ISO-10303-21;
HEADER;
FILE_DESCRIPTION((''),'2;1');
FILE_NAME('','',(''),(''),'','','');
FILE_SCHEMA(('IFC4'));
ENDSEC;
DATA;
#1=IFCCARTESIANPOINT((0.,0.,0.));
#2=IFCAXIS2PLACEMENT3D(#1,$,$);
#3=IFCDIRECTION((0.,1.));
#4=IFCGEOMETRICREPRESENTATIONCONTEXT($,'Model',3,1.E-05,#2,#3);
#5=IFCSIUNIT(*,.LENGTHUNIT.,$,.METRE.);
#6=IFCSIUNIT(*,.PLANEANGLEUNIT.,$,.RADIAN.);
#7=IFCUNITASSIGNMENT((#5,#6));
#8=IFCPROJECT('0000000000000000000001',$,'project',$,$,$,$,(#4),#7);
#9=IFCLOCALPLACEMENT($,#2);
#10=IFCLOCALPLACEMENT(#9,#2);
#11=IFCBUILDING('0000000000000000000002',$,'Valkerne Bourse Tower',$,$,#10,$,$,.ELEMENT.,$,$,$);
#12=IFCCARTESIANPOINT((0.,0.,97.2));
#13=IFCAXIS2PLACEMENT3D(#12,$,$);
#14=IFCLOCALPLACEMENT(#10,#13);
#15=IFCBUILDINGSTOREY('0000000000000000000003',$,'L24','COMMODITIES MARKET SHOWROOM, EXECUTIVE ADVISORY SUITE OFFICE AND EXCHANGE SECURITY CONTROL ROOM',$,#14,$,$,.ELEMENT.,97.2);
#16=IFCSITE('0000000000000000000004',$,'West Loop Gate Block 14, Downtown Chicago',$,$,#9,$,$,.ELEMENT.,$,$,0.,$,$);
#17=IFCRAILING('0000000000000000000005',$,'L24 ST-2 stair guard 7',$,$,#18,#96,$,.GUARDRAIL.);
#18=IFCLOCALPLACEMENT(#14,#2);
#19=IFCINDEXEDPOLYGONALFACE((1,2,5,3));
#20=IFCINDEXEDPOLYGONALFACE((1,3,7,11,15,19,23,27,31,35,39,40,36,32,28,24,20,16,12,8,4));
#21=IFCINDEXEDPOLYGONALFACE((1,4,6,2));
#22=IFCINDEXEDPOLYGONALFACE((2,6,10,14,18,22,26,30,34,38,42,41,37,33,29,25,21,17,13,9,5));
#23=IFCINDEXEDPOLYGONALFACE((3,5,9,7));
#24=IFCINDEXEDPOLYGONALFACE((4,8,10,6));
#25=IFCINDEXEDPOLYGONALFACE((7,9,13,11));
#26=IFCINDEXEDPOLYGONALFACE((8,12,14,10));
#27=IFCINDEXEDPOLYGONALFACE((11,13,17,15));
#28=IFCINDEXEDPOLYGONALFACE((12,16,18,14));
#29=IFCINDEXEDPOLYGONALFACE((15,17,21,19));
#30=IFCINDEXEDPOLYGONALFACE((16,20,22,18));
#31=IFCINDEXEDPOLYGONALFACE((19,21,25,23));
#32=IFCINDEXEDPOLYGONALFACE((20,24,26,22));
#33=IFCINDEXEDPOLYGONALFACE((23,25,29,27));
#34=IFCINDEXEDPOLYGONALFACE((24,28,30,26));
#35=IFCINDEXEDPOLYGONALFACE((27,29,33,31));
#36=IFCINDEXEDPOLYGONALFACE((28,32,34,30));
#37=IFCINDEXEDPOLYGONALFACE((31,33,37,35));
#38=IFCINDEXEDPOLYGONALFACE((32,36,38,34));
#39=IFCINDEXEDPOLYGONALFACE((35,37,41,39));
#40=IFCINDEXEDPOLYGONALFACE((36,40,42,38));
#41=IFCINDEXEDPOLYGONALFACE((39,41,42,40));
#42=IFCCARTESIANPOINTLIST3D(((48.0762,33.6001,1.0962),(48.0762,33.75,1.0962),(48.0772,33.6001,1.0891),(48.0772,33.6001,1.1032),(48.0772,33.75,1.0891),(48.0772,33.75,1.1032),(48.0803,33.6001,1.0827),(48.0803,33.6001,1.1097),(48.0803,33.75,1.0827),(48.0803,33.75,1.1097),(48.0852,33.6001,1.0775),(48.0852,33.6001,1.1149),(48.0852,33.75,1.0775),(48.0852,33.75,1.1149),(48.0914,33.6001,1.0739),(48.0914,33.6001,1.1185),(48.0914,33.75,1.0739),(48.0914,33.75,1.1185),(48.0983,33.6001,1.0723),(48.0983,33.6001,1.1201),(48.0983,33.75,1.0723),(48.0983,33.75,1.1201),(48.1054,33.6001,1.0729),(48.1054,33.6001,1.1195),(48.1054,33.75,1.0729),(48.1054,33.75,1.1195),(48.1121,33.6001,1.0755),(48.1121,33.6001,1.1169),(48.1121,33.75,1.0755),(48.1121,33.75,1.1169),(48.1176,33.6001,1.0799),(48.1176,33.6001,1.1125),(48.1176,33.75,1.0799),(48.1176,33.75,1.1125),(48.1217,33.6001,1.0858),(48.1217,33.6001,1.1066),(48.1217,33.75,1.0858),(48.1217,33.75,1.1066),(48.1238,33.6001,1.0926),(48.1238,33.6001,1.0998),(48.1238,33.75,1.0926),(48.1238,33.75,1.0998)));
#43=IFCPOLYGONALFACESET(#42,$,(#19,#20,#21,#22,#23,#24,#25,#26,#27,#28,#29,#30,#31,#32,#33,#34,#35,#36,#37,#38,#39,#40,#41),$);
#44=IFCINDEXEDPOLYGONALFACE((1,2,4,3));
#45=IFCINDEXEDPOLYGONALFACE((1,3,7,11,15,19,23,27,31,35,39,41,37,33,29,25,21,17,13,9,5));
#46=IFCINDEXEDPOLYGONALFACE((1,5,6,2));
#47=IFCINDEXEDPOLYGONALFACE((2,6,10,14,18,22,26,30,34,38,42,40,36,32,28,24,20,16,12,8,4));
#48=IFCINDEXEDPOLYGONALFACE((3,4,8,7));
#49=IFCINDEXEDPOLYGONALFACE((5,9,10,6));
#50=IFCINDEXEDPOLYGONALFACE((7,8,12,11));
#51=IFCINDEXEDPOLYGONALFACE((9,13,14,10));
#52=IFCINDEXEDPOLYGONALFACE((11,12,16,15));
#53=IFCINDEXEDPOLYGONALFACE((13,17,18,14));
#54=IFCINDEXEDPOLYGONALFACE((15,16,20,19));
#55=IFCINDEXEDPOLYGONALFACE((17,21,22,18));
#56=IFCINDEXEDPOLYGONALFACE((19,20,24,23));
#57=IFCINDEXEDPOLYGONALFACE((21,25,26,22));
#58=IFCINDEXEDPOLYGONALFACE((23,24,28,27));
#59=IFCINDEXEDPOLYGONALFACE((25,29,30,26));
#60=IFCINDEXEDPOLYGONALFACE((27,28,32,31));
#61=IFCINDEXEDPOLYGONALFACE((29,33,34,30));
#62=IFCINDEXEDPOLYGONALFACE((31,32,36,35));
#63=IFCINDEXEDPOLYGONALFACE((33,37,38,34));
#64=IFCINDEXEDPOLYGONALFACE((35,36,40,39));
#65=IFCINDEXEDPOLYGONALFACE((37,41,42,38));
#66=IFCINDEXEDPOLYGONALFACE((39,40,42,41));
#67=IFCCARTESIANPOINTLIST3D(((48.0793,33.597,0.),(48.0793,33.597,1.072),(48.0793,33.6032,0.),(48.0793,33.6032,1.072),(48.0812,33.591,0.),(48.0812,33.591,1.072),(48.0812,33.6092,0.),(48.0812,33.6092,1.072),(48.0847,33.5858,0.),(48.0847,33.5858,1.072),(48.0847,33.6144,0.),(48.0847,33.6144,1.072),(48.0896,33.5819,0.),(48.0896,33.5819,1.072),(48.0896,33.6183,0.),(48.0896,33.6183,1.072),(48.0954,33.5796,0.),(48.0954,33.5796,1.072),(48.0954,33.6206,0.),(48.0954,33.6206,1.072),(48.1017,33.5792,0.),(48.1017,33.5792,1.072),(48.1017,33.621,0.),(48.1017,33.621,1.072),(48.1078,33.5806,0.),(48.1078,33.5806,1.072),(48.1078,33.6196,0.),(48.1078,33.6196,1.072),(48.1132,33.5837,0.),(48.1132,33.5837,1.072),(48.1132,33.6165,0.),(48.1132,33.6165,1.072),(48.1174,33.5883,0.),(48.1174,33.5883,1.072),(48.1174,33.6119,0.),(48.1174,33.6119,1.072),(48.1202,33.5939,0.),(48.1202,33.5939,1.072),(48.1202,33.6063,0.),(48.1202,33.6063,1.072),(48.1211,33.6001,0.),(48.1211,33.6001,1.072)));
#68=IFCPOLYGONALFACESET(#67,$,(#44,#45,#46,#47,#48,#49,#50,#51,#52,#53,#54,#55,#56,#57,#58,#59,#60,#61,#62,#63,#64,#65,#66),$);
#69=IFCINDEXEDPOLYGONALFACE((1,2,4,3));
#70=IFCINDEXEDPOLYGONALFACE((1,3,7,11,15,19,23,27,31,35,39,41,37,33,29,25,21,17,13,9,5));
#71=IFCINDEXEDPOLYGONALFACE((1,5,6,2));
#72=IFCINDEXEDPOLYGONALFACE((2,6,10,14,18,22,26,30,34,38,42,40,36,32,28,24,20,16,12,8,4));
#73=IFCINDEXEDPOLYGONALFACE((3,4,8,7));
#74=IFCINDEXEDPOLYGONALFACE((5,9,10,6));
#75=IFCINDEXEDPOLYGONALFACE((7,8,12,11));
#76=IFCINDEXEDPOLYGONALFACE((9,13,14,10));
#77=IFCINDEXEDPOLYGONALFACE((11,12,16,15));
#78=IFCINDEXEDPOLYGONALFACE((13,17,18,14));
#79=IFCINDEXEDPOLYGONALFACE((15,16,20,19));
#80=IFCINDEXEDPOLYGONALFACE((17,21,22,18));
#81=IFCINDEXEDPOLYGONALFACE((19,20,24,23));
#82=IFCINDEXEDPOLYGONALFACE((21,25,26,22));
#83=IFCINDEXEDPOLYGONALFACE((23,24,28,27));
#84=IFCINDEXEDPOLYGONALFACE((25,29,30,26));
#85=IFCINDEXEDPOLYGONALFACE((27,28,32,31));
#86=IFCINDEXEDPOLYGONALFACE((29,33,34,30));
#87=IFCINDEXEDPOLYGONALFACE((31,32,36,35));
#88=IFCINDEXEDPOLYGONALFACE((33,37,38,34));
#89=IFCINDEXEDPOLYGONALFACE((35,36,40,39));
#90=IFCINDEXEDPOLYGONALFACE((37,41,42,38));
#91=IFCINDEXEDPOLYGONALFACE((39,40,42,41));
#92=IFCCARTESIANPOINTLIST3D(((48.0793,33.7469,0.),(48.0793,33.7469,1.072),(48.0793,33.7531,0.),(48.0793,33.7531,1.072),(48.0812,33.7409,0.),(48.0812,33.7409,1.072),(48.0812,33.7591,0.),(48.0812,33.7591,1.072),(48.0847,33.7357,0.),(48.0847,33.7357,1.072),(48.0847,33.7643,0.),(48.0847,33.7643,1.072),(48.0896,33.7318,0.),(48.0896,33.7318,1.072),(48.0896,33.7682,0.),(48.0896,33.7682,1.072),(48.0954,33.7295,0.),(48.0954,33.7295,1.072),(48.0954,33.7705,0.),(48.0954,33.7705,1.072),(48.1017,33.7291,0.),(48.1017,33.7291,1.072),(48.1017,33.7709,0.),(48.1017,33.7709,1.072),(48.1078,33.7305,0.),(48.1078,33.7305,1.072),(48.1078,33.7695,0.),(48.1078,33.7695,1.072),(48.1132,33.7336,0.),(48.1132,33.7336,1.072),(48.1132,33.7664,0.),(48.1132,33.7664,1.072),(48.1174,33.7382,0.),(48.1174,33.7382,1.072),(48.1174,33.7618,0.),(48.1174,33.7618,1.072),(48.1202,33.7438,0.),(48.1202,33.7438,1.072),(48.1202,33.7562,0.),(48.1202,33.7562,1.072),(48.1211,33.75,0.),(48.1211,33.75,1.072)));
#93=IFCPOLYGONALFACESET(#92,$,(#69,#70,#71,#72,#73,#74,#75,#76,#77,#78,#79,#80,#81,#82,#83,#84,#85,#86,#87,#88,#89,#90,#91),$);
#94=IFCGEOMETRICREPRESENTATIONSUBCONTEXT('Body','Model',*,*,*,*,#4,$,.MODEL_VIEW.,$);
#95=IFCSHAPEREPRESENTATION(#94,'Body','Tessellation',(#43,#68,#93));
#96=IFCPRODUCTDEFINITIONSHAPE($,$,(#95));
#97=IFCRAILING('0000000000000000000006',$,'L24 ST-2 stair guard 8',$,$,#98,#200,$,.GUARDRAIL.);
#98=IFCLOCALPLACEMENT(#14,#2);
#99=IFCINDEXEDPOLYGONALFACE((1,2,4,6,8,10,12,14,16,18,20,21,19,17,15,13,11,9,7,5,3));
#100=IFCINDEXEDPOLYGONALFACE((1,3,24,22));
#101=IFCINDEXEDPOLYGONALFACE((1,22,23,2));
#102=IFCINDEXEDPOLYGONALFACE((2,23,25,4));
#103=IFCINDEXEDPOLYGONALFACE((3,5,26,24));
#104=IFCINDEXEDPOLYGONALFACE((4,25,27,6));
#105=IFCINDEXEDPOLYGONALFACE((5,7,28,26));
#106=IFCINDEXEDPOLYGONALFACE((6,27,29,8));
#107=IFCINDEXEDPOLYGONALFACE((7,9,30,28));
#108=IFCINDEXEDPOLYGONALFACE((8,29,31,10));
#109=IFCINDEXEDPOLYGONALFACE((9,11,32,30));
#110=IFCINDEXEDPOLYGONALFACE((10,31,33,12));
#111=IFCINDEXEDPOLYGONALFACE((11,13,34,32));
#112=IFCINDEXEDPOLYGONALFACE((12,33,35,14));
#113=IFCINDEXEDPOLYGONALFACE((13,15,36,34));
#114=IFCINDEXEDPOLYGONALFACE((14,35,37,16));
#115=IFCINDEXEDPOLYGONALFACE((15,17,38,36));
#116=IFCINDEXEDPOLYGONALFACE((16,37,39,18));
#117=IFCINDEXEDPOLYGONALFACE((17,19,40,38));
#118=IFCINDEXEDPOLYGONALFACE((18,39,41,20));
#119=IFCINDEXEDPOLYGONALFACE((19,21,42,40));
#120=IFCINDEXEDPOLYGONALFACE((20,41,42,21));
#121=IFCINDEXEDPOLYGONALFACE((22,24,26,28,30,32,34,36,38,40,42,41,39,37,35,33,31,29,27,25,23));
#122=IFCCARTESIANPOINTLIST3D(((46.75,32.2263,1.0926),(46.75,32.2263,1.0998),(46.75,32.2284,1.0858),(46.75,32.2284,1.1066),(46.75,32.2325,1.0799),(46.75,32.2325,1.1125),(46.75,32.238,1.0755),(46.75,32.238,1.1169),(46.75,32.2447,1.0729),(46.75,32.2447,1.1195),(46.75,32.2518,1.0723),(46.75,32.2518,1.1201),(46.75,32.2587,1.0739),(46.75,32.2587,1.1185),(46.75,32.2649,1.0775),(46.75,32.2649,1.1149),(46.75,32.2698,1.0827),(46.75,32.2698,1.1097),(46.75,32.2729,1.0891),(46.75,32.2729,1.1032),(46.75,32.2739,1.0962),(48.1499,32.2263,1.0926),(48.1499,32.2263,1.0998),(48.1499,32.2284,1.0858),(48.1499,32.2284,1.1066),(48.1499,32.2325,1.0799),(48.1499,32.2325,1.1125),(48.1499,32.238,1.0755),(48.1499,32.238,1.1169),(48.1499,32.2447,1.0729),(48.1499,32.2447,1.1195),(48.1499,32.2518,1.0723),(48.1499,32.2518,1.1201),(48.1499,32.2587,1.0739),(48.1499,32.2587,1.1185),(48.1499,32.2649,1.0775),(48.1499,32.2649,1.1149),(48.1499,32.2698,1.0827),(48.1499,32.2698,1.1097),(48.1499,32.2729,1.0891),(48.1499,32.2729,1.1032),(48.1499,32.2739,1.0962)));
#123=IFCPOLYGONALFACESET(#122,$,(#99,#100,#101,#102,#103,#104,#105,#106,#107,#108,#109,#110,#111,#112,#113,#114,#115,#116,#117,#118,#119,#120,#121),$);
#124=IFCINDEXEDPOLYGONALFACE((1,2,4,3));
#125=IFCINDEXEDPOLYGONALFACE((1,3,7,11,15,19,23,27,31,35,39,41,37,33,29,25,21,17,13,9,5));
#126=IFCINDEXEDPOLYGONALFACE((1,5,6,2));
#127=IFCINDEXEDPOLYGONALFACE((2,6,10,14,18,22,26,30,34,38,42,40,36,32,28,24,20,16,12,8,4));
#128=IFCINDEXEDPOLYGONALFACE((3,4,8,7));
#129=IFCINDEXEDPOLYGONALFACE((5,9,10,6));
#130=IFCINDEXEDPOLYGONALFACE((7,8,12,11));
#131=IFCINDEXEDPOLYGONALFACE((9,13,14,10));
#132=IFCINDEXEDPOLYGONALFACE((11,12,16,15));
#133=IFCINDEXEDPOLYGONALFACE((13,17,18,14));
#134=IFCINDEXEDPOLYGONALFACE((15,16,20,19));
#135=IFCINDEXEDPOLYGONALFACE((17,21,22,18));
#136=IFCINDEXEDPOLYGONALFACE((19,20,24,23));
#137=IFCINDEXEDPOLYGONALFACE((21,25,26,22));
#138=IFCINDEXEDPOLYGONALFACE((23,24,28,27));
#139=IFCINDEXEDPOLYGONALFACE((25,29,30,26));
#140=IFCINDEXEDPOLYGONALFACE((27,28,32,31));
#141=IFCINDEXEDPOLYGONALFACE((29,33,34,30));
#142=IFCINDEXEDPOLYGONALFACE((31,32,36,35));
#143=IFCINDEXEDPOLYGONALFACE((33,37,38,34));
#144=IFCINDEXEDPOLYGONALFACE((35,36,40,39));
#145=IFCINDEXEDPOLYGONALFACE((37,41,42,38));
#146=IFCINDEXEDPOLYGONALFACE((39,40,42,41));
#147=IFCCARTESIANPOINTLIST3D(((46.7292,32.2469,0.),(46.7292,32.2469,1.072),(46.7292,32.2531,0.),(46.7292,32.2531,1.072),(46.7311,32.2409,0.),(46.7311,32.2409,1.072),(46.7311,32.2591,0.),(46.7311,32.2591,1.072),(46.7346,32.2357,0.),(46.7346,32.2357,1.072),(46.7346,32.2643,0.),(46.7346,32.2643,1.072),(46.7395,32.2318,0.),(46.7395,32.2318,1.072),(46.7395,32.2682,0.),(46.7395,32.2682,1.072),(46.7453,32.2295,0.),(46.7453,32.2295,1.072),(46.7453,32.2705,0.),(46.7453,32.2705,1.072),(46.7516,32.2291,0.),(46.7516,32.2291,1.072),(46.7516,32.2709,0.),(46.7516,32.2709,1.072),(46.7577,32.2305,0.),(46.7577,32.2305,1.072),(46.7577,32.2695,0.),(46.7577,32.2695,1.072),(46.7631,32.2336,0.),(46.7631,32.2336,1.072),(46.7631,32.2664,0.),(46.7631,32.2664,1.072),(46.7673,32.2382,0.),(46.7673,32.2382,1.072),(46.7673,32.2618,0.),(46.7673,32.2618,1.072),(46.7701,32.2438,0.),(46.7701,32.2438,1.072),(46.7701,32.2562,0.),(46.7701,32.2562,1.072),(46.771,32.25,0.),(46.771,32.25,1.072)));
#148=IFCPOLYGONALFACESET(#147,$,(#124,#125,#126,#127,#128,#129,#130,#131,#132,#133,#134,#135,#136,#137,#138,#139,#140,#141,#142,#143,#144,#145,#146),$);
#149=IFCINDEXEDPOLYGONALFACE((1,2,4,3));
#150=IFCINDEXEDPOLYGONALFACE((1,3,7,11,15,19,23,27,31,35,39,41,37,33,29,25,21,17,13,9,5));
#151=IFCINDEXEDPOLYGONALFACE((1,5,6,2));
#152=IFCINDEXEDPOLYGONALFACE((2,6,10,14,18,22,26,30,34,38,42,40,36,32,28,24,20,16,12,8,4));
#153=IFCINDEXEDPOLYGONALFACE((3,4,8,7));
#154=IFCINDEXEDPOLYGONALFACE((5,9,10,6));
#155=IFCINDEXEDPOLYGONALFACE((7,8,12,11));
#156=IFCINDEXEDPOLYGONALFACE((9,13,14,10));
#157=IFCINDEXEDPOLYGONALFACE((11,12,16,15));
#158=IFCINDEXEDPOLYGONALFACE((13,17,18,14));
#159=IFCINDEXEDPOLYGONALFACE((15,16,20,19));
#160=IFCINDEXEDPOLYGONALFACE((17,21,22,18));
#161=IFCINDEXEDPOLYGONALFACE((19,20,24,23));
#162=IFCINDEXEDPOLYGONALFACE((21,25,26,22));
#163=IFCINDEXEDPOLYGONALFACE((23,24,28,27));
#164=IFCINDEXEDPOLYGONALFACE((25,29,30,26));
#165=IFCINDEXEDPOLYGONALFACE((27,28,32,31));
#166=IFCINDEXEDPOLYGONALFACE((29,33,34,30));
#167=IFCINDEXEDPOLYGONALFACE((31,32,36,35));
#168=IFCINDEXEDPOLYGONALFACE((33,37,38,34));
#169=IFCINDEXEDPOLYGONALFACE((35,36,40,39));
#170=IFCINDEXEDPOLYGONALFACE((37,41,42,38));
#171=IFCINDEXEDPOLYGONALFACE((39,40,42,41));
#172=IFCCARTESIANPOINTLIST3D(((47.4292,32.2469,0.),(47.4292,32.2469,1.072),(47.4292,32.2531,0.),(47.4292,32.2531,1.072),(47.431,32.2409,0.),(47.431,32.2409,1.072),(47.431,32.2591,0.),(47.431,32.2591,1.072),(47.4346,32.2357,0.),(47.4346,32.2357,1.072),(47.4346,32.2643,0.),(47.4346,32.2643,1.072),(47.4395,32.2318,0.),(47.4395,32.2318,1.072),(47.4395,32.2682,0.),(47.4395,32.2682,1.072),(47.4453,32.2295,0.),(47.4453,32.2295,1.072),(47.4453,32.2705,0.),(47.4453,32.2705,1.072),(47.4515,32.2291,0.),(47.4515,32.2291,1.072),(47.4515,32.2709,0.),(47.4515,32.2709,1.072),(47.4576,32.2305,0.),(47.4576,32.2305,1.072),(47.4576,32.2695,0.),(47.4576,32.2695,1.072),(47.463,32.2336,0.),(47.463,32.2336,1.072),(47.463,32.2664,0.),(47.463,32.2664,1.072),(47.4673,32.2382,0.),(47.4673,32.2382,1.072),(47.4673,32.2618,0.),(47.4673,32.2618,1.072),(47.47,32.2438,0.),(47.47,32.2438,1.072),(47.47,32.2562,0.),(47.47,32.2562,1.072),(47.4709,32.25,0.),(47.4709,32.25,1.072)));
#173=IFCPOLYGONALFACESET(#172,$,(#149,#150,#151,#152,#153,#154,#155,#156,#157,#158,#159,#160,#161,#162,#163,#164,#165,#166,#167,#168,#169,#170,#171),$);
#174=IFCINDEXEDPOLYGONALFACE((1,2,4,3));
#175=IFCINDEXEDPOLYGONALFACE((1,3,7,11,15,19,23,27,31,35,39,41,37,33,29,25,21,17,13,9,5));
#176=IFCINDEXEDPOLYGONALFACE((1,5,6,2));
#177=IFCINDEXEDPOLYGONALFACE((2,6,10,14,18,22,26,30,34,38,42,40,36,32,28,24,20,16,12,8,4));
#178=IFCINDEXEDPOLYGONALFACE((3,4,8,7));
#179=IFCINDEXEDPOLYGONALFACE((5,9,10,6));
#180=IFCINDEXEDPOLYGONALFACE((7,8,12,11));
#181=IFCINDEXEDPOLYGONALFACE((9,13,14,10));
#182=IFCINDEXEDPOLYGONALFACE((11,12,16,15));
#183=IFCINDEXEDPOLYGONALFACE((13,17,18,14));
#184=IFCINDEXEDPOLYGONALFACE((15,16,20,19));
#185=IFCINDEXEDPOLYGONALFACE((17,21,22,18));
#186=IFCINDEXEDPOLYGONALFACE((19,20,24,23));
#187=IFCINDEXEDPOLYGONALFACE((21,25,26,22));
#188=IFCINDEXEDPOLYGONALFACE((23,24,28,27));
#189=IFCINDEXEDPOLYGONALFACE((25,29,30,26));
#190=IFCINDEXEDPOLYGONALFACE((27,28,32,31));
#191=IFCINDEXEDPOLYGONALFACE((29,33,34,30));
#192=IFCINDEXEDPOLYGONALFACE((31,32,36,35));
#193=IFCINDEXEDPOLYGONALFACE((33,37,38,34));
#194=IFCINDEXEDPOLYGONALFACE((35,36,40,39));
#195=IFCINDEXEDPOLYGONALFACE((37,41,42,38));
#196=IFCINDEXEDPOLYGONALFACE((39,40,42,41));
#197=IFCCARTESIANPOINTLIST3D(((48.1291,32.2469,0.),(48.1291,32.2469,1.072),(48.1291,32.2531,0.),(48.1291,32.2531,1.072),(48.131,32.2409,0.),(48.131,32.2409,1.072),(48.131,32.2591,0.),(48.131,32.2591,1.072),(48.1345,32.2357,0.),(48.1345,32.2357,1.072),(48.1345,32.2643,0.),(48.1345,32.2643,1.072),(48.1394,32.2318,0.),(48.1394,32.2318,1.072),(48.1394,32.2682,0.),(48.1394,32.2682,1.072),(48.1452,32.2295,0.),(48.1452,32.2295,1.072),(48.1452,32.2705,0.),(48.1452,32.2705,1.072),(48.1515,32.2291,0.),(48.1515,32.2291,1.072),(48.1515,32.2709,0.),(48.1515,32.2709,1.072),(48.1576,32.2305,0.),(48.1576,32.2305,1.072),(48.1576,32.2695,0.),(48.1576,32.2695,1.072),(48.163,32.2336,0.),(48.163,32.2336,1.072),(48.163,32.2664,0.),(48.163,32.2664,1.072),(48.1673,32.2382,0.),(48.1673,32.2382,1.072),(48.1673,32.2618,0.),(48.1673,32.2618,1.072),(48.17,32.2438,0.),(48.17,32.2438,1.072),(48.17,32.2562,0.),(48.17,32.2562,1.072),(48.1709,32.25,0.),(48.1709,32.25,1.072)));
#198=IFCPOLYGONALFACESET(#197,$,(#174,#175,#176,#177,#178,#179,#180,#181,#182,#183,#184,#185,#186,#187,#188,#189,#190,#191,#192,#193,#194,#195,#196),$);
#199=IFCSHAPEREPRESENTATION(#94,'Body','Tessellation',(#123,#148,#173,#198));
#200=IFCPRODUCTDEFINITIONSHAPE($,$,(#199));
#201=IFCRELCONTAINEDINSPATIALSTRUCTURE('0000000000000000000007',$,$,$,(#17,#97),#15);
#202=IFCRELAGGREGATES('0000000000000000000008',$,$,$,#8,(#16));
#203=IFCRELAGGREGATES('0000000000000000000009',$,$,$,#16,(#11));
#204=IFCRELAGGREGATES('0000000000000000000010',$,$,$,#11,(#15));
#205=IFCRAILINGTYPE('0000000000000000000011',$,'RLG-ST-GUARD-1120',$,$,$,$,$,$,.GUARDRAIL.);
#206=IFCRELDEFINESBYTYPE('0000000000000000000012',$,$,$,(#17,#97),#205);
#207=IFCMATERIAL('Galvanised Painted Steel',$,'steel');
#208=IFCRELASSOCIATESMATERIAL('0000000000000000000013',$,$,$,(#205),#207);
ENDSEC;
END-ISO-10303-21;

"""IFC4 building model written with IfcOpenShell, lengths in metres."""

from ifc_helpers import new_model, si_unit, direction, frame, origin, origin_2d, place, context, subcontext, project, spatial, circle, extrude, material, type_object, element, save


model = new_model("IFC4")

# Units and contexts
model_context = context("Model", 3, precision=1e-05, world=origin(), true_north=direction((0.0, 1.0)))
body_context = subcontext(model_context, "Body", "Model", "MODEL_VIEW")
ifc_project = project(units=[si_unit("LENGTHUNIT", "METRE"), si_unit("PLANEANGLEUNIT", "RADIAN")], contexts=[model_context])

# Site, building, storey
site_placement = place(None, origin())
site = spatial("IfcSite", under=ifc_project, at=site_placement, Name="West Loop Gate Block 14, Downtown Chicago", CompositionType="ELEMENT", RefElevation=0.0)
building_placement = place(site_placement, origin())
building = spatial("IfcBuilding", under=site, at=building_placement, Name="Valkerne Bourse Tower", CompositionType="ELEMENT")
storey_placement = place(building_placement, frame((0.0, 0.0, 97.2)))
storey = spatial("IfcBuildingStorey", under=building, at=storey_placement, Name="L24", Description="COMMODITIES MARKET SHOWROOM, EXECUTIVE ADVISORY SUITE OFFICE AND EXCHANGE SECURITY CONTROL ROOM", CompositionType="ELEMENT", Elevation=97.2)

# Shared definitions
ifc_material_1 = material(Name="Galvanised Painted Steel", Category="steel")

# Railings
railing_type_1 = type_object("IfcRailingType", Name="RLG-ST-GUARD-1120", PredefinedType="GUARDRAIL", material=ifc_material_1)
railing_1_placement = place(storey_placement, frame((48.1001, 33.6001, 0.0)))
element("IfcRailing", 1, at=railing_1_placement, inside=storey, type_object=railing_type_1, Name="L24 ST-2 stair guard 7", PredefinedType="GUARDRAIL", context=body_context, shape_type="SweptSolid", body=[
    extrude(circle(Radius=0.0239, at=origin_2d()), frame((0.0, 0.0, 1.0962), z_axis=(0.0, 1.0, 0.0), x_axis=(-1.0, 0.0, 0.0)), (0.0, 0.0, 1.0), 0.1499),
    extrude(circle(Radius=0.021, at=origin_2d()), origin(), (0.0, 0.0, 1.0), 1.072),
    extrude(circle(Radius=0.021, at=origin_2d()), frame((0.0, 0.1499, 0.0)), (0.0, 0.0, 1.0), 1.072),
])
for number, where, name in (
    (2, (46.75, 32.25, 0.0), "L24 ST-2 stair guard 8"),
):
    element("IfcRailing", number, at=place(storey_placement, frame(where)), inside=storey, type_object=railing_type_1, Name=name, PredefinedType="GUARDRAIL", context=body_context, shape_type="SweptSolid", body=[
        extrude(circle(Radius=0.0239, at=origin_2d()), frame((0.0, 0.0, 1.0962), z_axis=(1.0, 0.0, 0.0), x_axis=(0.0, 1.0, 0.0)), (0.0, 0.0, 1.0), 1.3999),
        extrude(circle(Radius=0.021, at=origin_2d()), origin(), (0.0, 0.0, 1.0), 1.072),
        extrude(circle(Radius=0.021, at=origin_2d()), frame((0.7, 0.0, 0.0)), (0.0, 0.0, 1.0), 1.072),
        extrude(circle(Radius=0.021, at=origin_2d()), frame((1.3999, 0.0, 0.0)), (0.0, 0.0, 1.0), 1.072),
    ])

save(model, "model.ifc")
